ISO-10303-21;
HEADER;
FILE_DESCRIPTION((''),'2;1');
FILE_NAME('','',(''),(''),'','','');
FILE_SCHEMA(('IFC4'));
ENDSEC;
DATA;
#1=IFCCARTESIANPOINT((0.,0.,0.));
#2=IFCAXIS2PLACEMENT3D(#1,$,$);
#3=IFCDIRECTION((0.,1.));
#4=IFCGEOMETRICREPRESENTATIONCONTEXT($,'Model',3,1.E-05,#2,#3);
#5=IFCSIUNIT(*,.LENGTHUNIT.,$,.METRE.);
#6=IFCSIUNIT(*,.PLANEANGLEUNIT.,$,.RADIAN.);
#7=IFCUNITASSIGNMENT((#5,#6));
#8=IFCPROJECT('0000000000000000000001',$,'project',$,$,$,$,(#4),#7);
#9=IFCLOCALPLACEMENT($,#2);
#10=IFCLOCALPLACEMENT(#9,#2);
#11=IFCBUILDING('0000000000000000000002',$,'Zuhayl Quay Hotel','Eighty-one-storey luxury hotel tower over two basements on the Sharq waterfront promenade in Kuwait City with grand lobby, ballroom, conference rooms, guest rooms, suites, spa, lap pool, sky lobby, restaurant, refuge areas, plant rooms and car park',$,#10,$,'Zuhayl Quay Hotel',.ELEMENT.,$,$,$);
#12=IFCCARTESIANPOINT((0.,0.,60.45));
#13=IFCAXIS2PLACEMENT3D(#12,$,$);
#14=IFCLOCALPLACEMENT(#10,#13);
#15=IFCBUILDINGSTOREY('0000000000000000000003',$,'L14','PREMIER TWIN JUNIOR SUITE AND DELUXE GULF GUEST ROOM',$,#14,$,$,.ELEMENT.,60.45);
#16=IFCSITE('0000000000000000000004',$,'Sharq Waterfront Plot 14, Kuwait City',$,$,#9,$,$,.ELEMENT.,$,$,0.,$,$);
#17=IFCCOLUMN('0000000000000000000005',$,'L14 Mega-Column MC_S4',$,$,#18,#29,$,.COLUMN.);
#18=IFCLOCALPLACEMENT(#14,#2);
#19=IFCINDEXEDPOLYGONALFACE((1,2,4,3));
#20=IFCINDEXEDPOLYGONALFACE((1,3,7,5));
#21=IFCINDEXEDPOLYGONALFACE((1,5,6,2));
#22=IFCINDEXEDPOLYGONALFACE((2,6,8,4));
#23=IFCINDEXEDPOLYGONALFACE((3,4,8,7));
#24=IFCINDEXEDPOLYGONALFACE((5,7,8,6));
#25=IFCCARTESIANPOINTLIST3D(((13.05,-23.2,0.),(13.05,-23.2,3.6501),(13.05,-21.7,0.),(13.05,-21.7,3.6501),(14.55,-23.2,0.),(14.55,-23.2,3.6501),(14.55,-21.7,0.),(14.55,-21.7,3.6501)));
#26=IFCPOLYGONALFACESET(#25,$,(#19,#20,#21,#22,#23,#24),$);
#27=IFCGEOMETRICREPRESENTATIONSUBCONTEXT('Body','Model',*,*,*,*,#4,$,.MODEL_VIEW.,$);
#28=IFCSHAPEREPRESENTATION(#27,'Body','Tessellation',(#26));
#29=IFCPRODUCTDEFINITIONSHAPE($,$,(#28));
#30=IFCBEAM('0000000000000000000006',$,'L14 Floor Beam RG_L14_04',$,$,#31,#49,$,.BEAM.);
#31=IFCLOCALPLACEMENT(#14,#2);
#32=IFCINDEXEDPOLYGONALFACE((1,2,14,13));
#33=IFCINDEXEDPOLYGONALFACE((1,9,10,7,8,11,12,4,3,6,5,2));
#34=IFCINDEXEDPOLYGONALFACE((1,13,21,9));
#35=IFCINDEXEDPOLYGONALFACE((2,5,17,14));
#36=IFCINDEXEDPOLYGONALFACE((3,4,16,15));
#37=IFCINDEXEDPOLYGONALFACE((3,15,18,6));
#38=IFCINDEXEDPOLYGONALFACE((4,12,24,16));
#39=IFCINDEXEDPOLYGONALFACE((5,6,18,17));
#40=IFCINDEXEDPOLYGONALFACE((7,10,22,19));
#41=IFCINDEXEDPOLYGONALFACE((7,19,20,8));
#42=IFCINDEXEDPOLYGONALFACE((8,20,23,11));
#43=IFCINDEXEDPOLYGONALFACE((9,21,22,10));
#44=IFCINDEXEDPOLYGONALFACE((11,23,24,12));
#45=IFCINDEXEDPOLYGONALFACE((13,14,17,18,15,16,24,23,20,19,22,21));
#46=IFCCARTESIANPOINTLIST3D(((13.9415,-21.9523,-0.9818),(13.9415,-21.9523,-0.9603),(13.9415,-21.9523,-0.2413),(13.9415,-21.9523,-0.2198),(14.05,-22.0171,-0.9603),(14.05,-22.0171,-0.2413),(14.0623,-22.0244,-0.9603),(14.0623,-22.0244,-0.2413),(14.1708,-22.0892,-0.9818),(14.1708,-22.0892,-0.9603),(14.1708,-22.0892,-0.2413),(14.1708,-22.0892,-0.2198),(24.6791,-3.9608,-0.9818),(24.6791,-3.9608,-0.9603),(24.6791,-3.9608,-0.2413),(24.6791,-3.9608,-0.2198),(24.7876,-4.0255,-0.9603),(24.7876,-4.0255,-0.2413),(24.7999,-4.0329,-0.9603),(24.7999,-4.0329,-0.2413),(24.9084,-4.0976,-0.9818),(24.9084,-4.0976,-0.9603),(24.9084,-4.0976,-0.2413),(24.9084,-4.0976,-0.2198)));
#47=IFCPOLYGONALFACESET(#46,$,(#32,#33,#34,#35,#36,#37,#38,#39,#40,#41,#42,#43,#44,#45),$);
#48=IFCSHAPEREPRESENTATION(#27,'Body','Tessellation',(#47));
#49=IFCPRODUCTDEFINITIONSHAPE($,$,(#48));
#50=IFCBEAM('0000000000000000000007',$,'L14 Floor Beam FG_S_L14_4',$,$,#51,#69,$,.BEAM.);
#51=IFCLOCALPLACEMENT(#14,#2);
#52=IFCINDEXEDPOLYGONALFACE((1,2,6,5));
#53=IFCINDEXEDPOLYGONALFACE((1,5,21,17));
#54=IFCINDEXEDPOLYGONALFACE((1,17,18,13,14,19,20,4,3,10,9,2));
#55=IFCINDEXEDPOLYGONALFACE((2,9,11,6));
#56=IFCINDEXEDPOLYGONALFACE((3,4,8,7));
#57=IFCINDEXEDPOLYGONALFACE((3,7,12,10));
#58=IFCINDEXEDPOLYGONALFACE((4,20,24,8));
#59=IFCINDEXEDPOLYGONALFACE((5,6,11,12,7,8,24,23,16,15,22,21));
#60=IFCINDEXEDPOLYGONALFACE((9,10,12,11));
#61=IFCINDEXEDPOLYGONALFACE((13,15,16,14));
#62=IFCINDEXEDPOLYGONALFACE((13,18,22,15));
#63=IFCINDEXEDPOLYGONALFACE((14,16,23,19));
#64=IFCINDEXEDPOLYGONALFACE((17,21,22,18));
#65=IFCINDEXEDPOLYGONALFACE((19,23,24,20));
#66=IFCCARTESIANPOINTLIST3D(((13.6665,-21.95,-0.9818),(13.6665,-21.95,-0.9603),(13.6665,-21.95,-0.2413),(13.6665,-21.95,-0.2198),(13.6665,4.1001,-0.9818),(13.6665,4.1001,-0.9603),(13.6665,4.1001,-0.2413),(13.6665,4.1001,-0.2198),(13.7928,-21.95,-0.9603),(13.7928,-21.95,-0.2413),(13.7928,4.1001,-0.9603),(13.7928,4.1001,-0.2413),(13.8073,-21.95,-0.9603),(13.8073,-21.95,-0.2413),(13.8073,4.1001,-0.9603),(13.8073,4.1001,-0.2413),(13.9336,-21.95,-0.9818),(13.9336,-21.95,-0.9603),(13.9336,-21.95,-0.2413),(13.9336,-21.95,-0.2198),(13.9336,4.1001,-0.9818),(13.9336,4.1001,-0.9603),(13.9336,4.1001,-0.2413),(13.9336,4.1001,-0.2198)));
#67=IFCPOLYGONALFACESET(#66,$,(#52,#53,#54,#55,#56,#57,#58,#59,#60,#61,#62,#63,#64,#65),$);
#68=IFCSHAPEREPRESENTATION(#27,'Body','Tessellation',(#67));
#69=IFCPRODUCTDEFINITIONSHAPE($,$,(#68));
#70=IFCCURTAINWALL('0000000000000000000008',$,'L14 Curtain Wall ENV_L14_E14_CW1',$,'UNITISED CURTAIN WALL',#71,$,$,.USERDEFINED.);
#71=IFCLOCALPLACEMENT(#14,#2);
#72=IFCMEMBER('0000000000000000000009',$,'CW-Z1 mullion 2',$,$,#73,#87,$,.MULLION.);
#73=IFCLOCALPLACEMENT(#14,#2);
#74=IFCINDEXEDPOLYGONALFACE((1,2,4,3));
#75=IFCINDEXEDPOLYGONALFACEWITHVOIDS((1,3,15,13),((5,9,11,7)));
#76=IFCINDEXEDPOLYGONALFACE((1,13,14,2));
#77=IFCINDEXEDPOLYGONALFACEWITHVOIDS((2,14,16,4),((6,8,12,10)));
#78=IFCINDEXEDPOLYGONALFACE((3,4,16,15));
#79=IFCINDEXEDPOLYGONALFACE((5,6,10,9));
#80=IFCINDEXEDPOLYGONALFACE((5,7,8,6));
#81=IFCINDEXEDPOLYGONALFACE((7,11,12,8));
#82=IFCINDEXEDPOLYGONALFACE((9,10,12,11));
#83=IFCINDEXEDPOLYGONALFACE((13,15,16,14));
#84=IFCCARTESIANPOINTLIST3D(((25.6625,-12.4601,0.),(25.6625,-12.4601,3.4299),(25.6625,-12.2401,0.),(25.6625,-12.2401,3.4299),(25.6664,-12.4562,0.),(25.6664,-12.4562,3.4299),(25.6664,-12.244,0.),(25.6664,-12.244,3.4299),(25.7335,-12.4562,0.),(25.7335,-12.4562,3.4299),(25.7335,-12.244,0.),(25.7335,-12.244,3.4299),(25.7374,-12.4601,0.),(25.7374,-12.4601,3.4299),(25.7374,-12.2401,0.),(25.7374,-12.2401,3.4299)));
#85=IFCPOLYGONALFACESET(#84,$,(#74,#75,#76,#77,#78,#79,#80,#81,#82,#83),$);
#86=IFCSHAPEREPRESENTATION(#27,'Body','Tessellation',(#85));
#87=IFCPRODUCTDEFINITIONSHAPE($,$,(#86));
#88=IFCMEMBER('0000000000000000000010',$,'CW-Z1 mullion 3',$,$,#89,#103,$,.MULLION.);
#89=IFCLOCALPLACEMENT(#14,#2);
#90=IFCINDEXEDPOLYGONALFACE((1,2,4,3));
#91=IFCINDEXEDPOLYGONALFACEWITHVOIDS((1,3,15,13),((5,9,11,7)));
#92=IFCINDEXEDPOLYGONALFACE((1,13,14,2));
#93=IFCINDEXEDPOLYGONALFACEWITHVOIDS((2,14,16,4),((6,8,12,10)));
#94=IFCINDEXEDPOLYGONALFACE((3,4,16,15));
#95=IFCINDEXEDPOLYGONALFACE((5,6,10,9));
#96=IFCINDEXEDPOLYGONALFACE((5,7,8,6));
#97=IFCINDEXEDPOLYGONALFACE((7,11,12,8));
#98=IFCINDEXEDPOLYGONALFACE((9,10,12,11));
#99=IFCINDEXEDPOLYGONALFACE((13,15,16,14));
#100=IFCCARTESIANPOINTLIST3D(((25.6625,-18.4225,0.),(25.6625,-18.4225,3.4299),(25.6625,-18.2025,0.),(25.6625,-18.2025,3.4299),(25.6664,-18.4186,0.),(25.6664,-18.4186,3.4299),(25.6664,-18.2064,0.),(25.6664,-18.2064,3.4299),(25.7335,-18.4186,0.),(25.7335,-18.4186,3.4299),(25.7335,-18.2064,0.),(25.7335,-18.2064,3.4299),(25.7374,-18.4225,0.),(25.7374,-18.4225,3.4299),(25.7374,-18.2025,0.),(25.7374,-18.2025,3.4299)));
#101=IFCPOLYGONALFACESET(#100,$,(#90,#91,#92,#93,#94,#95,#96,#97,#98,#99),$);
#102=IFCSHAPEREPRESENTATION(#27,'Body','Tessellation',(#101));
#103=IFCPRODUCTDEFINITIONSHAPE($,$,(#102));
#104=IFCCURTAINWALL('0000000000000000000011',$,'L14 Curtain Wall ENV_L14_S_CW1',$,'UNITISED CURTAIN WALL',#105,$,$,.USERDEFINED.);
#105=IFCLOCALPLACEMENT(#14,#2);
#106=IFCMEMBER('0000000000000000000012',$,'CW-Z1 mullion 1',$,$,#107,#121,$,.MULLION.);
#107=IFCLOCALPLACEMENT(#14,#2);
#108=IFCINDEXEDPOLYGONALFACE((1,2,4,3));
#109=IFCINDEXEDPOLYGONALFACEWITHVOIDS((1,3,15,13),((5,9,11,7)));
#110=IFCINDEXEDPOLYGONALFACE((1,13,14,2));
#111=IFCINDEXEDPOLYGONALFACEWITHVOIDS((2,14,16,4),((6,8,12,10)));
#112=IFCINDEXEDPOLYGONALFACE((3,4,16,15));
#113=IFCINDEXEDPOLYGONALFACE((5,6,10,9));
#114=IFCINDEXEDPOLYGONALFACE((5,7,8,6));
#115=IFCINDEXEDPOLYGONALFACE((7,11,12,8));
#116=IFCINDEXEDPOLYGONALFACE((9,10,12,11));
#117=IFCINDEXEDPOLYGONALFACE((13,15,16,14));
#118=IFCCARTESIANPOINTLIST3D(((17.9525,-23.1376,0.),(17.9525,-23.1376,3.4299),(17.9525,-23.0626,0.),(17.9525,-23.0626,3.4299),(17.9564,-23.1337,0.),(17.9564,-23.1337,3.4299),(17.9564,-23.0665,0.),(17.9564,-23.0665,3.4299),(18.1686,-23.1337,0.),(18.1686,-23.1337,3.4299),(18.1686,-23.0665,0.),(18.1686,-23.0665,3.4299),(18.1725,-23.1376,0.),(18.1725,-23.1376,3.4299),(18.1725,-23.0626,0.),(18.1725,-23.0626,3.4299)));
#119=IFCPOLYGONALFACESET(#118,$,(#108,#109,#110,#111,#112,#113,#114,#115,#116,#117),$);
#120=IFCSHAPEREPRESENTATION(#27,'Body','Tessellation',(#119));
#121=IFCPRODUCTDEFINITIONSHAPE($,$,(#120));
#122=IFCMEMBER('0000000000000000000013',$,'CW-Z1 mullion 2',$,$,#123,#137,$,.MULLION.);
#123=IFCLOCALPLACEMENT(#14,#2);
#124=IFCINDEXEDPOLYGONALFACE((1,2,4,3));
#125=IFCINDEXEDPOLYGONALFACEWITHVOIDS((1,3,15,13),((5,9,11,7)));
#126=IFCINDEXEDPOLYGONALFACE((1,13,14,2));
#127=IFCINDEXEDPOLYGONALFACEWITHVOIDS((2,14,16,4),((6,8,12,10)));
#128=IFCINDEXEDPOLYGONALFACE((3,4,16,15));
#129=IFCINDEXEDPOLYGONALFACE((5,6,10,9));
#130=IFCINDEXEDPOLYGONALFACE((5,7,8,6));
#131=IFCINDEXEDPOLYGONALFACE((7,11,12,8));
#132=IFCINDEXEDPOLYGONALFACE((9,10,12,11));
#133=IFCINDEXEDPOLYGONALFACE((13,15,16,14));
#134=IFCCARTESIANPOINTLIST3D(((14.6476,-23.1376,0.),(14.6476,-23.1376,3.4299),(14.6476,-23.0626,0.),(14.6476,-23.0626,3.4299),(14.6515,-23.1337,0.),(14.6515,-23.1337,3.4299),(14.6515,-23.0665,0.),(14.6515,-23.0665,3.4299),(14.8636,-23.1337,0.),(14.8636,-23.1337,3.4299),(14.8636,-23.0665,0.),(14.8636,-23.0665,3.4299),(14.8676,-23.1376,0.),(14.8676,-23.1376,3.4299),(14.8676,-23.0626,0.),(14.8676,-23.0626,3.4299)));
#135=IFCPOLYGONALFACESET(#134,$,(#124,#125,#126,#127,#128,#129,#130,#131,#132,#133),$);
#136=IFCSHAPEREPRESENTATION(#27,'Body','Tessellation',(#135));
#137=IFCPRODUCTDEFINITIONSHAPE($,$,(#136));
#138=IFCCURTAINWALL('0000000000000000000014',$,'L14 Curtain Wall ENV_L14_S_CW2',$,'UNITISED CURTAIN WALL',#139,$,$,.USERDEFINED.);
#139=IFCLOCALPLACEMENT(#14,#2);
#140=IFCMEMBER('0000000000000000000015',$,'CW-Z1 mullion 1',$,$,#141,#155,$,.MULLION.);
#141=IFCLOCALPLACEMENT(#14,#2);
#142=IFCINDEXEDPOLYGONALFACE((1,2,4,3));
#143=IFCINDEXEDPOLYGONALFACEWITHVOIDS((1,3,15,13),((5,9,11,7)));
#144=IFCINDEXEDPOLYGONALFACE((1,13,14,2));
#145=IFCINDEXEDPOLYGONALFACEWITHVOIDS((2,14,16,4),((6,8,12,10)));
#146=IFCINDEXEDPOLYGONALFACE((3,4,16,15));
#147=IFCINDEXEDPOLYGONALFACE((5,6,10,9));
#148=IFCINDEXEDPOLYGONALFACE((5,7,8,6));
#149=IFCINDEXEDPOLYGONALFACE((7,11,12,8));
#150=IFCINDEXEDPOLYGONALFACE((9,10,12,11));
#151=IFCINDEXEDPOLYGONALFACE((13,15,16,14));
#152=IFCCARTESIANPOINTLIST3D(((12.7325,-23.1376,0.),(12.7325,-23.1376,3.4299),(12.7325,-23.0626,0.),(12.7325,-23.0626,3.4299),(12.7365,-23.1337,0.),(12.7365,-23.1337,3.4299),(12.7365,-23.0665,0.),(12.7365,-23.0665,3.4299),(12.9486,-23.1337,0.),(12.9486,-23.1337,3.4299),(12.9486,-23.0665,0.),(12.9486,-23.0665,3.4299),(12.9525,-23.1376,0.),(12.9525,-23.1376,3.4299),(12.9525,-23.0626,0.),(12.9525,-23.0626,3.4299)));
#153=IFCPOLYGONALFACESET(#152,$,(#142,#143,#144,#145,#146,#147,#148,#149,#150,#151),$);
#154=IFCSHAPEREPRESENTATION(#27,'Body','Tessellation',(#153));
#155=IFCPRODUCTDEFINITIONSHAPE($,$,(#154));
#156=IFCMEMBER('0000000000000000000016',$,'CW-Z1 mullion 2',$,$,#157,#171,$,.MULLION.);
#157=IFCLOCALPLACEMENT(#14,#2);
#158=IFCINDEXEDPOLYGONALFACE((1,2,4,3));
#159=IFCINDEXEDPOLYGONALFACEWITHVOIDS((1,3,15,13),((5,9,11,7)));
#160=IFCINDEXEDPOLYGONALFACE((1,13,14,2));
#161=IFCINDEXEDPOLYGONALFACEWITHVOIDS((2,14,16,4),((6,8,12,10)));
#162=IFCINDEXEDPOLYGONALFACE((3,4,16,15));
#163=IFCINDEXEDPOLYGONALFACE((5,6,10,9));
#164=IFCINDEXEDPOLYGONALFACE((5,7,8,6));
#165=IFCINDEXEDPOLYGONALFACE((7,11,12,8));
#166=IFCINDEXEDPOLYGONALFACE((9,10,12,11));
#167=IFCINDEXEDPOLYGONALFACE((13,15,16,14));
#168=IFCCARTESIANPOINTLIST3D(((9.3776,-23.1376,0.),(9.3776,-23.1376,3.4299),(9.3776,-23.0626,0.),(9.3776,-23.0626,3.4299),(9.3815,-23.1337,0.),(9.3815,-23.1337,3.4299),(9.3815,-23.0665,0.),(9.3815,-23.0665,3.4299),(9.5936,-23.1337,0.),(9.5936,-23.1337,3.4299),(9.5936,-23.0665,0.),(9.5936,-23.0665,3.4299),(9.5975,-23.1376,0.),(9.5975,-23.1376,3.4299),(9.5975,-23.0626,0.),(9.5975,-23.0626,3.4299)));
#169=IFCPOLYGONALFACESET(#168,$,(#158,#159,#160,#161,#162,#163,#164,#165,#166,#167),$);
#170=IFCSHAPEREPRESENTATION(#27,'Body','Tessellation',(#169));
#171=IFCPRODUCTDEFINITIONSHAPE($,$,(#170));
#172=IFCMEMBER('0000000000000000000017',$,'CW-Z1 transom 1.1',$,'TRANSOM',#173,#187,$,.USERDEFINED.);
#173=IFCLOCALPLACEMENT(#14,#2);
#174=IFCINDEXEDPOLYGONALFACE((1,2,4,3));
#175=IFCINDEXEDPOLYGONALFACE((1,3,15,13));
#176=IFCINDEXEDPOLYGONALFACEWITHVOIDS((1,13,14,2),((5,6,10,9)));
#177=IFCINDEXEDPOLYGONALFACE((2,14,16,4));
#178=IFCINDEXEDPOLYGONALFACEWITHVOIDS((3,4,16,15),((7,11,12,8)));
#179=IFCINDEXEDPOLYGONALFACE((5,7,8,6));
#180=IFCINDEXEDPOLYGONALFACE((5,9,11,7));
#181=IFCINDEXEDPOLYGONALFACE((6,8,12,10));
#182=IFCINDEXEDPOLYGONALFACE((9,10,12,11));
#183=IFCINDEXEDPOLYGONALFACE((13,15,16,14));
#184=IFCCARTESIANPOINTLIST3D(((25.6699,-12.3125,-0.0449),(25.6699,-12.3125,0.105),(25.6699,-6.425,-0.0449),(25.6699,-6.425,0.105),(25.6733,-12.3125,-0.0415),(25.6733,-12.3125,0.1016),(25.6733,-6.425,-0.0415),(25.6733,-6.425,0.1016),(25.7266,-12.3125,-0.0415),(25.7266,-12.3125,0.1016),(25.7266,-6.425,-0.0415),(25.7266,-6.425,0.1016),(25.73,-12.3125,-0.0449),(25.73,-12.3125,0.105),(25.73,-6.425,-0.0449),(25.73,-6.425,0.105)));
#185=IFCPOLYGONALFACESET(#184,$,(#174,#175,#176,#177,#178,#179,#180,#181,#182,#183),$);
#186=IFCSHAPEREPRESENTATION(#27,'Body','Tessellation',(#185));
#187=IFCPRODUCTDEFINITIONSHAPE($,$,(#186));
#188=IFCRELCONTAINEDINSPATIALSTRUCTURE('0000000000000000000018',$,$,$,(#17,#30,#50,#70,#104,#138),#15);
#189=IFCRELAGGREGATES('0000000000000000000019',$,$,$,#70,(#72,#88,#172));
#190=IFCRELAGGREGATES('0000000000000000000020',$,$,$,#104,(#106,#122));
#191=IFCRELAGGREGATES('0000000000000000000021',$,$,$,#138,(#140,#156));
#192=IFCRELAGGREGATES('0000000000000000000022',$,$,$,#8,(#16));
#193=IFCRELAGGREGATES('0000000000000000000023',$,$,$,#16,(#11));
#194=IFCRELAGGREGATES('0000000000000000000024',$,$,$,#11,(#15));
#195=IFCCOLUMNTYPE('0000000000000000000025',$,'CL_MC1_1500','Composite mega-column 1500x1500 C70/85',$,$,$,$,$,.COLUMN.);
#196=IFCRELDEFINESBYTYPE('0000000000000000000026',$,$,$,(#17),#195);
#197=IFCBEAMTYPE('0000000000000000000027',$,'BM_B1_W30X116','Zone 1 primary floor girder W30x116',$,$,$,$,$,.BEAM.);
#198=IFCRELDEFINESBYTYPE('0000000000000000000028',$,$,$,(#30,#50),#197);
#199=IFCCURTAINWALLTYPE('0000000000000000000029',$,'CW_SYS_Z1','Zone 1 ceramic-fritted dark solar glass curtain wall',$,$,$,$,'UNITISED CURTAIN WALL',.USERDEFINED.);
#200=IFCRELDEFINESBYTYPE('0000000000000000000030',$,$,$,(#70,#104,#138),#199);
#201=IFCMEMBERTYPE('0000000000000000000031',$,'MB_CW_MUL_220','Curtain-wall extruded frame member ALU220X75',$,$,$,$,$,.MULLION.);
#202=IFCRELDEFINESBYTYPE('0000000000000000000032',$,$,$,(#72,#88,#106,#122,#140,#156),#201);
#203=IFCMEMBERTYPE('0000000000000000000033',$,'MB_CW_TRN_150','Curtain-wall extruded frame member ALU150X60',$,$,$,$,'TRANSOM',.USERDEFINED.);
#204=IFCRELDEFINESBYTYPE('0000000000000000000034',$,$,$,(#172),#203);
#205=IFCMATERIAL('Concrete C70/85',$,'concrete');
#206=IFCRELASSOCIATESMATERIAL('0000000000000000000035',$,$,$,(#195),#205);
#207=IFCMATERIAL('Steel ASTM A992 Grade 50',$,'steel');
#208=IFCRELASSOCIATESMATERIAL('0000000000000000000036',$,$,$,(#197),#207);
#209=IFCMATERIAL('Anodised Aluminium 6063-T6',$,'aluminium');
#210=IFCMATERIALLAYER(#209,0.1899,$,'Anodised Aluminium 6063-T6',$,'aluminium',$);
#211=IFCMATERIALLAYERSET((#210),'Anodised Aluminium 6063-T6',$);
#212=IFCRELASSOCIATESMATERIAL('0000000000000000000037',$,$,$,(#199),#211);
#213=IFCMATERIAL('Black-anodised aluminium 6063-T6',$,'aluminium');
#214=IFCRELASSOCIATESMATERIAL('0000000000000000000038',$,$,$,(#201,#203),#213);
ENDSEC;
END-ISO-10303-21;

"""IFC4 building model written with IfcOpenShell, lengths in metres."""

from ifc_helpers import new_model, si_unit, direction, frame, origin, origin_2d, place, context, subcontext, project, spatial, rectangle, hollow_rectangle, i_section, extrude, material, layer, layer_set, material_profile, profile_set, type_object, element, aggregate, save


model = new_model("IFC4")

# Units and contexts
model_context = context("Model", 3, precision=1e-05, world=origin(), true_north=direction((0.0, 1.0)))
body_context = subcontext(model_context, "Body", "Model", "MODEL_VIEW")
ifc_project = project(units=[si_unit("LENGTHUNIT", "METRE"), si_unit("PLANEANGLEUNIT", "RADIAN")], contexts=[model_context])

# Site, building, storey
site_placement = place(None, origin())
site = spatial("IfcSite", under=ifc_project, at=site_placement, Name="Sharq Waterfront Plot 14, Kuwait City", CompositionType="ELEMENT", RefElevation=0.0)
building_placement = place(site_placement, origin())
building = spatial("IfcBuilding", under=site, at=building_placement, Name="Zuhayl Quay Hotel", Description="Eighty-one-storey luxury hotel tower over two basements on the Sharq waterfront promenade in Kuwait City with grand lobby, ballroom, conference rooms, guest rooms, suites, spa, lap pool, sky lobby, restaurant, refuge areas, plant rooms and car park", LongName="Zuhayl Quay Hotel", CompositionType="ELEMENT")
storey_placement = place(building_placement, frame((0.0, 0.0, 60.45)))
storey = spatial("IfcBuildingStorey", under=building, at=storey_placement, Name="L14", Description="PREMIER TWIN JUNIOR SUITE AND DELUXE GULF GUEST ROOM", CompositionType="ELEMENT", Elevation=60.45)

# Column
ifc_material_1 = material(Name="Concrete C70/85", Category="concrete")
ifc_material_profile_1 = material_profile(ifc_material_1, rectangle(XDim=1.5, YDim=1.5, at=origin_2d()), Name="RC1500X1500")
ifc_profile_set_1 = profile_set([ifc_material_profile_1], Name="Concrete C70/85")
column_type = type_object("IfcColumnType", Name="CL_MC1_1500", Description="Composite mega-column 1500x1500 C70/85", PredefinedType="COLUMN", material=ifc_profile_set_1)
column_placement = place(storey_placement, frame((13.8, -22.45, 0.0), z_axis=(0.0, 0.0, 1.0), x_axis=(1.0, 0.0, 0.0)))
element("IfcColumn", 1, at=column_placement, inside=storey, type_object=column_type, Name="L14 Mega-Column MC_S4", PredefinedType="COLUMN", context=body_context, shape_type="SweptSolid", body=[
    extrude(rectangle(XDim=1.5, YDim=1.5, at=origin_2d()), origin(), (0.0, 0.0, 1.0), 3.6501),
])

# Beams
ifc_material_2 = material(Name="Steel ASTM A992 Grade 50", Category="steel")
ifc_material_profile_2 = material_profile(ifc_material_2, i_section(OverallWidth=0.2671, OverallDepth=0.762, WebThickness=0.0144, FlangeThickness=0.0215, at=origin_2d()), Name="W30X116")
ifc_profile_set_2 = profile_set([ifc_material_profile_2], Name="Steel ASTM A992 Grade 50")
beam_type = type_object("IfcBeamType", Name="BM_B1_W30X116", Description="Zone 1 primary floor girder W30x116", PredefinedType="BEAM", material=ifc_profile_set_2)
beam_1_placement = place(storey_placement, frame((14.0562, -22.0208, -0.6008), z_axis=(0.512483, 0.858698, 0.0), x_axis=(-0.858698, 0.512483, 0.0)))
element("IfcBeam", 2, at=beam_1_placement, inside=storey, type_object=beam_type, Name="L14 Floor Beam RG_L14_04", PredefinedType="BEAM", context=body_context, shape_type="SweptSolid", body=[
    extrude(i_section(OverallWidth=0.2671, OverallDepth=0.762, WebThickness=0.0144, FlangeThickness=0.0215, at=origin_2d()), origin(), (0.0, 0.0, 1.0), 20.9521),
])
beam_2_placement = place(storey_placement, frame((13.8, -21.95, -0.6008), z_axis=(0.0, 1.0, 0.0), x_axis=(-1.0, 0.0, 0.0)))
element("IfcBeam", 3, at=beam_2_placement, inside=storey, type_object=beam_type, Name="L14 Floor Beam FG_S_L14_4", PredefinedType="BEAM", context=body_context, shape_type="SweptSolid", body=[
    extrude(i_section(OverallWidth=0.2671, OverallDepth=0.762, WebThickness=0.0144, FlangeThickness=0.0215, at=origin_2d()), origin(), (0.0, 0.0, 1.0), 26.05),
])

# Curtain walls, members
ifc_material_3 = material(Name="Anodised Aluminium 6063-T6", Category="aluminium")
ifc_layer_1 = layer(ifc_material_3, 0.1899, Name="Anodised Aluminium 6063-T6", Category="aluminium")
ifc_layer_set_1 = layer_set([ifc_layer_1], Name="Anodised Aluminium 6063-T6")
curtain_wall_type = type_object("IfcCurtainWallType", Name="CW_SYS_Z1", Description="Zone 1 ceramic-fritted dark solar glass curtain wall", ElementType="UNITISED CURTAIN WALL", PredefinedType="USERDEFINED", material=ifc_layer_set_1)
curtain_wall_1_placement = place(storey_placement, origin())
curtain_wall_1 = element("IfcCurtainWall", 4, at=curtain_wall_1_placement, inside=storey, type_object=curtain_wall_type, Name="L14 Curtain Wall ENV_L14_E14_CW1", ObjectType="UNITISED CURTAIN WALL", PredefinedType="USERDEFINED")
ifc_material_4 = material(Name="Black-anodised aluminium 6063-T6", Category="aluminium")
ifc_material_profile_3 = material_profile(ifc_material_4, hollow_rectangle(XDim=0.075, YDim=0.22, WallThickness=0.0039, at=origin_2d()), Name="ALU220X75")
ifc_profile_set_3 = profile_set([ifc_material_profile_3], Name="Black-anodised aluminium 6063-T6")
member_type_1 = type_object("IfcMemberType", Name="MB_CW_MUL_220", Description="Curtain-wall extruded frame member ALU220X75", PredefinedType="MULLION", material=ifc_profile_set_3)
member_1_placement = place(storey_placement, frame((25.7, -12.3501, 0.0), z_axis=(0.0, 0.0, 1.0), x_axis=(1.0, 0.0, 0.0)))
member_1 = element("IfcMember", 5, at=member_1_placement, type_object=member_type_1, Name="CW-Z1 mullion 2", PredefinedType="MULLION", context=body_context, shape_type="SweptSolid", body=[
    extrude(hollow_rectangle(XDim=0.075, YDim=0.22, WallThickness=0.0039, at=origin_2d()), origin(), (0.0, 0.0, 1.0), 3.4299),
])
member_2_placement = place(storey_placement, frame((25.7, -18.3125, 0.0), z_axis=(0.0, 0.0, 1.0), x_axis=(1.0, 0.0, 0.0)))
member_2 = element("IfcMember", 6, at=member_2_placement, type_object=member_type_1, Name="CW-Z1 mullion 3", PredefinedType="MULLION", context=body_context, shape_type="SweptSolid", body=[
    extrude(hollow_rectangle(XDim=0.075, YDim=0.22, WallThickness=0.0039, at=origin_2d()), origin(), (0.0, 0.0, 1.0), 3.4299),
])
curtain_wall_2_placement = place(storey_placement, origin())
curtain_wall_2 = element("IfcCurtainWall", 7, at=curtain_wall_2_placement, inside=storey, type_object=curtain_wall_type, Name="L14 Curtain Wall ENV_L14_S_CW1", ObjectType="UNITISED CURTAIN WALL", PredefinedType="USERDEFINED")
member_3_placement = place(storey_placement, frame((18.0625, -23.1001, 0.0), z_axis=(0.0, 0.0, 1.0), x_axis=(0.0, -1.0, 0.0)))
member_3 = element("IfcMember", 8, at=member_3_placement, type_object=member_type_1, Name="CW-Z1 mullion 1", PredefinedType="MULLION", context=body_context, shape_type="SweptSolid", body=[
    extrude(hollow_rectangle(XDim=0.075, YDim=0.22, WallThickness=0.0039, at=origin_2d()), origin(), (0.0, 0.0, 1.0), 3.4299),
])
member_4_placement = place(storey_placement, frame((14.7576, -23.1001, 0.0), z_axis=(0.0, 0.0, 1.0), x_axis=(0.0, -1.0, 0.0)))
member_4 = element("IfcMember", 9, at=member_4_placement, type_object=member_type_1, Name="CW-Z1 mullion 2", PredefinedType="MULLION", context=body_context, shape_type="SweptSolid", body=[
    extrude(hollow_rectangle(XDim=0.075, YDim=0.22, WallThickness=0.0039, at=origin_2d()), origin(), (0.0, 0.0, 1.0), 3.4299),
])
curtain_wall_3_placement = place(storey_placement, origin())
curtain_wall_3 = element("IfcCurtainWall", 10, at=curtain_wall_3_placement, inside=storey, type_object=curtain_wall_type, Name="L14 Curtain Wall ENV_L14_S_CW2", ObjectType="UNITISED CURTAIN WALL", PredefinedType="USERDEFINED")
member_5_placement = place(storey_placement, frame((12.8425, -23.1001, 0.0), z_axis=(0.0, 0.0, 1.0), x_axis=(0.0, -1.0, 0.0)))
member_5 = element("IfcMember", 11, at=member_5_placement, type_object=member_type_1, Name="CW-Z1 mullion 1", PredefinedType="MULLION", context=body_context, shape_type="SweptSolid", body=[
    extrude(hollow_rectangle(XDim=0.075, YDim=0.22, WallThickness=0.0039, at=origin_2d()), origin(), (0.0, 0.0, 1.0), 3.4299),
])
member_6_placement = place(storey_placement, frame((9.4875, -23.1001, 0.0), z_axis=(0.0, 0.0, 1.0), x_axis=(0.0, -1.0, 0.0)))
member_6 = element("IfcMember", 12, at=member_6_placement, type_object=member_type_1, Name="CW-Z1 mullion 2", PredefinedType="MULLION", context=body_context, shape_type="SweptSolid", body=[
    extrude(hollow_rectangle(XDim=0.075, YDim=0.22, WallThickness=0.0039, at=origin_2d()), origin(), (0.0, 0.0, 1.0), 3.4299),
])

# Member
ifc_material_profile_4 = material_profile(ifc_material_4, hollow_rectangle(XDim=0.0601, YDim=0.1499, WallThickness=0.0034, at=origin_2d()), Name="ALU150X60")
ifc_profile_set_4 = profile_set([ifc_material_profile_4], Name="Black-anodised aluminium 6063-T6")
member_type_2 = type_object("IfcMemberType", Name="MB_CW_TRN_150", Description="Curtain-wall extruded frame member ALU150X60", ElementType="TRANSOM", PredefinedType="USERDEFINED", material=ifc_profile_set_4)
member_7_placement = place(storey_placement, frame((25.7, -6.425, 0.03), z_axis=(0.0, -1.0, 0.0), x_axis=(1.0, 0.0, 0.0)))
member_7 = element("IfcMember", 13, at=member_7_placement, type_object=member_type_2, Name="CW-Z1 transom 1.1", ObjectType="TRANSOM", PredefinedType="USERDEFINED", context=body_context, shape_type="SweptSolid", body=[
    extrude(hollow_rectangle(XDim=0.0601, YDim=0.1499, WallThickness=0.0034, at=origin_2d()), origin(), (0.0, 0.0, 1.0), 5.8875),
])

aggregate(curtain_wall_1, [member_1, member_2, member_7])
aggregate(curtain_wall_2, [member_3, member_4])
aggregate(curtain_wall_3, [member_5, member_6])

save(model, "model.ifc")
